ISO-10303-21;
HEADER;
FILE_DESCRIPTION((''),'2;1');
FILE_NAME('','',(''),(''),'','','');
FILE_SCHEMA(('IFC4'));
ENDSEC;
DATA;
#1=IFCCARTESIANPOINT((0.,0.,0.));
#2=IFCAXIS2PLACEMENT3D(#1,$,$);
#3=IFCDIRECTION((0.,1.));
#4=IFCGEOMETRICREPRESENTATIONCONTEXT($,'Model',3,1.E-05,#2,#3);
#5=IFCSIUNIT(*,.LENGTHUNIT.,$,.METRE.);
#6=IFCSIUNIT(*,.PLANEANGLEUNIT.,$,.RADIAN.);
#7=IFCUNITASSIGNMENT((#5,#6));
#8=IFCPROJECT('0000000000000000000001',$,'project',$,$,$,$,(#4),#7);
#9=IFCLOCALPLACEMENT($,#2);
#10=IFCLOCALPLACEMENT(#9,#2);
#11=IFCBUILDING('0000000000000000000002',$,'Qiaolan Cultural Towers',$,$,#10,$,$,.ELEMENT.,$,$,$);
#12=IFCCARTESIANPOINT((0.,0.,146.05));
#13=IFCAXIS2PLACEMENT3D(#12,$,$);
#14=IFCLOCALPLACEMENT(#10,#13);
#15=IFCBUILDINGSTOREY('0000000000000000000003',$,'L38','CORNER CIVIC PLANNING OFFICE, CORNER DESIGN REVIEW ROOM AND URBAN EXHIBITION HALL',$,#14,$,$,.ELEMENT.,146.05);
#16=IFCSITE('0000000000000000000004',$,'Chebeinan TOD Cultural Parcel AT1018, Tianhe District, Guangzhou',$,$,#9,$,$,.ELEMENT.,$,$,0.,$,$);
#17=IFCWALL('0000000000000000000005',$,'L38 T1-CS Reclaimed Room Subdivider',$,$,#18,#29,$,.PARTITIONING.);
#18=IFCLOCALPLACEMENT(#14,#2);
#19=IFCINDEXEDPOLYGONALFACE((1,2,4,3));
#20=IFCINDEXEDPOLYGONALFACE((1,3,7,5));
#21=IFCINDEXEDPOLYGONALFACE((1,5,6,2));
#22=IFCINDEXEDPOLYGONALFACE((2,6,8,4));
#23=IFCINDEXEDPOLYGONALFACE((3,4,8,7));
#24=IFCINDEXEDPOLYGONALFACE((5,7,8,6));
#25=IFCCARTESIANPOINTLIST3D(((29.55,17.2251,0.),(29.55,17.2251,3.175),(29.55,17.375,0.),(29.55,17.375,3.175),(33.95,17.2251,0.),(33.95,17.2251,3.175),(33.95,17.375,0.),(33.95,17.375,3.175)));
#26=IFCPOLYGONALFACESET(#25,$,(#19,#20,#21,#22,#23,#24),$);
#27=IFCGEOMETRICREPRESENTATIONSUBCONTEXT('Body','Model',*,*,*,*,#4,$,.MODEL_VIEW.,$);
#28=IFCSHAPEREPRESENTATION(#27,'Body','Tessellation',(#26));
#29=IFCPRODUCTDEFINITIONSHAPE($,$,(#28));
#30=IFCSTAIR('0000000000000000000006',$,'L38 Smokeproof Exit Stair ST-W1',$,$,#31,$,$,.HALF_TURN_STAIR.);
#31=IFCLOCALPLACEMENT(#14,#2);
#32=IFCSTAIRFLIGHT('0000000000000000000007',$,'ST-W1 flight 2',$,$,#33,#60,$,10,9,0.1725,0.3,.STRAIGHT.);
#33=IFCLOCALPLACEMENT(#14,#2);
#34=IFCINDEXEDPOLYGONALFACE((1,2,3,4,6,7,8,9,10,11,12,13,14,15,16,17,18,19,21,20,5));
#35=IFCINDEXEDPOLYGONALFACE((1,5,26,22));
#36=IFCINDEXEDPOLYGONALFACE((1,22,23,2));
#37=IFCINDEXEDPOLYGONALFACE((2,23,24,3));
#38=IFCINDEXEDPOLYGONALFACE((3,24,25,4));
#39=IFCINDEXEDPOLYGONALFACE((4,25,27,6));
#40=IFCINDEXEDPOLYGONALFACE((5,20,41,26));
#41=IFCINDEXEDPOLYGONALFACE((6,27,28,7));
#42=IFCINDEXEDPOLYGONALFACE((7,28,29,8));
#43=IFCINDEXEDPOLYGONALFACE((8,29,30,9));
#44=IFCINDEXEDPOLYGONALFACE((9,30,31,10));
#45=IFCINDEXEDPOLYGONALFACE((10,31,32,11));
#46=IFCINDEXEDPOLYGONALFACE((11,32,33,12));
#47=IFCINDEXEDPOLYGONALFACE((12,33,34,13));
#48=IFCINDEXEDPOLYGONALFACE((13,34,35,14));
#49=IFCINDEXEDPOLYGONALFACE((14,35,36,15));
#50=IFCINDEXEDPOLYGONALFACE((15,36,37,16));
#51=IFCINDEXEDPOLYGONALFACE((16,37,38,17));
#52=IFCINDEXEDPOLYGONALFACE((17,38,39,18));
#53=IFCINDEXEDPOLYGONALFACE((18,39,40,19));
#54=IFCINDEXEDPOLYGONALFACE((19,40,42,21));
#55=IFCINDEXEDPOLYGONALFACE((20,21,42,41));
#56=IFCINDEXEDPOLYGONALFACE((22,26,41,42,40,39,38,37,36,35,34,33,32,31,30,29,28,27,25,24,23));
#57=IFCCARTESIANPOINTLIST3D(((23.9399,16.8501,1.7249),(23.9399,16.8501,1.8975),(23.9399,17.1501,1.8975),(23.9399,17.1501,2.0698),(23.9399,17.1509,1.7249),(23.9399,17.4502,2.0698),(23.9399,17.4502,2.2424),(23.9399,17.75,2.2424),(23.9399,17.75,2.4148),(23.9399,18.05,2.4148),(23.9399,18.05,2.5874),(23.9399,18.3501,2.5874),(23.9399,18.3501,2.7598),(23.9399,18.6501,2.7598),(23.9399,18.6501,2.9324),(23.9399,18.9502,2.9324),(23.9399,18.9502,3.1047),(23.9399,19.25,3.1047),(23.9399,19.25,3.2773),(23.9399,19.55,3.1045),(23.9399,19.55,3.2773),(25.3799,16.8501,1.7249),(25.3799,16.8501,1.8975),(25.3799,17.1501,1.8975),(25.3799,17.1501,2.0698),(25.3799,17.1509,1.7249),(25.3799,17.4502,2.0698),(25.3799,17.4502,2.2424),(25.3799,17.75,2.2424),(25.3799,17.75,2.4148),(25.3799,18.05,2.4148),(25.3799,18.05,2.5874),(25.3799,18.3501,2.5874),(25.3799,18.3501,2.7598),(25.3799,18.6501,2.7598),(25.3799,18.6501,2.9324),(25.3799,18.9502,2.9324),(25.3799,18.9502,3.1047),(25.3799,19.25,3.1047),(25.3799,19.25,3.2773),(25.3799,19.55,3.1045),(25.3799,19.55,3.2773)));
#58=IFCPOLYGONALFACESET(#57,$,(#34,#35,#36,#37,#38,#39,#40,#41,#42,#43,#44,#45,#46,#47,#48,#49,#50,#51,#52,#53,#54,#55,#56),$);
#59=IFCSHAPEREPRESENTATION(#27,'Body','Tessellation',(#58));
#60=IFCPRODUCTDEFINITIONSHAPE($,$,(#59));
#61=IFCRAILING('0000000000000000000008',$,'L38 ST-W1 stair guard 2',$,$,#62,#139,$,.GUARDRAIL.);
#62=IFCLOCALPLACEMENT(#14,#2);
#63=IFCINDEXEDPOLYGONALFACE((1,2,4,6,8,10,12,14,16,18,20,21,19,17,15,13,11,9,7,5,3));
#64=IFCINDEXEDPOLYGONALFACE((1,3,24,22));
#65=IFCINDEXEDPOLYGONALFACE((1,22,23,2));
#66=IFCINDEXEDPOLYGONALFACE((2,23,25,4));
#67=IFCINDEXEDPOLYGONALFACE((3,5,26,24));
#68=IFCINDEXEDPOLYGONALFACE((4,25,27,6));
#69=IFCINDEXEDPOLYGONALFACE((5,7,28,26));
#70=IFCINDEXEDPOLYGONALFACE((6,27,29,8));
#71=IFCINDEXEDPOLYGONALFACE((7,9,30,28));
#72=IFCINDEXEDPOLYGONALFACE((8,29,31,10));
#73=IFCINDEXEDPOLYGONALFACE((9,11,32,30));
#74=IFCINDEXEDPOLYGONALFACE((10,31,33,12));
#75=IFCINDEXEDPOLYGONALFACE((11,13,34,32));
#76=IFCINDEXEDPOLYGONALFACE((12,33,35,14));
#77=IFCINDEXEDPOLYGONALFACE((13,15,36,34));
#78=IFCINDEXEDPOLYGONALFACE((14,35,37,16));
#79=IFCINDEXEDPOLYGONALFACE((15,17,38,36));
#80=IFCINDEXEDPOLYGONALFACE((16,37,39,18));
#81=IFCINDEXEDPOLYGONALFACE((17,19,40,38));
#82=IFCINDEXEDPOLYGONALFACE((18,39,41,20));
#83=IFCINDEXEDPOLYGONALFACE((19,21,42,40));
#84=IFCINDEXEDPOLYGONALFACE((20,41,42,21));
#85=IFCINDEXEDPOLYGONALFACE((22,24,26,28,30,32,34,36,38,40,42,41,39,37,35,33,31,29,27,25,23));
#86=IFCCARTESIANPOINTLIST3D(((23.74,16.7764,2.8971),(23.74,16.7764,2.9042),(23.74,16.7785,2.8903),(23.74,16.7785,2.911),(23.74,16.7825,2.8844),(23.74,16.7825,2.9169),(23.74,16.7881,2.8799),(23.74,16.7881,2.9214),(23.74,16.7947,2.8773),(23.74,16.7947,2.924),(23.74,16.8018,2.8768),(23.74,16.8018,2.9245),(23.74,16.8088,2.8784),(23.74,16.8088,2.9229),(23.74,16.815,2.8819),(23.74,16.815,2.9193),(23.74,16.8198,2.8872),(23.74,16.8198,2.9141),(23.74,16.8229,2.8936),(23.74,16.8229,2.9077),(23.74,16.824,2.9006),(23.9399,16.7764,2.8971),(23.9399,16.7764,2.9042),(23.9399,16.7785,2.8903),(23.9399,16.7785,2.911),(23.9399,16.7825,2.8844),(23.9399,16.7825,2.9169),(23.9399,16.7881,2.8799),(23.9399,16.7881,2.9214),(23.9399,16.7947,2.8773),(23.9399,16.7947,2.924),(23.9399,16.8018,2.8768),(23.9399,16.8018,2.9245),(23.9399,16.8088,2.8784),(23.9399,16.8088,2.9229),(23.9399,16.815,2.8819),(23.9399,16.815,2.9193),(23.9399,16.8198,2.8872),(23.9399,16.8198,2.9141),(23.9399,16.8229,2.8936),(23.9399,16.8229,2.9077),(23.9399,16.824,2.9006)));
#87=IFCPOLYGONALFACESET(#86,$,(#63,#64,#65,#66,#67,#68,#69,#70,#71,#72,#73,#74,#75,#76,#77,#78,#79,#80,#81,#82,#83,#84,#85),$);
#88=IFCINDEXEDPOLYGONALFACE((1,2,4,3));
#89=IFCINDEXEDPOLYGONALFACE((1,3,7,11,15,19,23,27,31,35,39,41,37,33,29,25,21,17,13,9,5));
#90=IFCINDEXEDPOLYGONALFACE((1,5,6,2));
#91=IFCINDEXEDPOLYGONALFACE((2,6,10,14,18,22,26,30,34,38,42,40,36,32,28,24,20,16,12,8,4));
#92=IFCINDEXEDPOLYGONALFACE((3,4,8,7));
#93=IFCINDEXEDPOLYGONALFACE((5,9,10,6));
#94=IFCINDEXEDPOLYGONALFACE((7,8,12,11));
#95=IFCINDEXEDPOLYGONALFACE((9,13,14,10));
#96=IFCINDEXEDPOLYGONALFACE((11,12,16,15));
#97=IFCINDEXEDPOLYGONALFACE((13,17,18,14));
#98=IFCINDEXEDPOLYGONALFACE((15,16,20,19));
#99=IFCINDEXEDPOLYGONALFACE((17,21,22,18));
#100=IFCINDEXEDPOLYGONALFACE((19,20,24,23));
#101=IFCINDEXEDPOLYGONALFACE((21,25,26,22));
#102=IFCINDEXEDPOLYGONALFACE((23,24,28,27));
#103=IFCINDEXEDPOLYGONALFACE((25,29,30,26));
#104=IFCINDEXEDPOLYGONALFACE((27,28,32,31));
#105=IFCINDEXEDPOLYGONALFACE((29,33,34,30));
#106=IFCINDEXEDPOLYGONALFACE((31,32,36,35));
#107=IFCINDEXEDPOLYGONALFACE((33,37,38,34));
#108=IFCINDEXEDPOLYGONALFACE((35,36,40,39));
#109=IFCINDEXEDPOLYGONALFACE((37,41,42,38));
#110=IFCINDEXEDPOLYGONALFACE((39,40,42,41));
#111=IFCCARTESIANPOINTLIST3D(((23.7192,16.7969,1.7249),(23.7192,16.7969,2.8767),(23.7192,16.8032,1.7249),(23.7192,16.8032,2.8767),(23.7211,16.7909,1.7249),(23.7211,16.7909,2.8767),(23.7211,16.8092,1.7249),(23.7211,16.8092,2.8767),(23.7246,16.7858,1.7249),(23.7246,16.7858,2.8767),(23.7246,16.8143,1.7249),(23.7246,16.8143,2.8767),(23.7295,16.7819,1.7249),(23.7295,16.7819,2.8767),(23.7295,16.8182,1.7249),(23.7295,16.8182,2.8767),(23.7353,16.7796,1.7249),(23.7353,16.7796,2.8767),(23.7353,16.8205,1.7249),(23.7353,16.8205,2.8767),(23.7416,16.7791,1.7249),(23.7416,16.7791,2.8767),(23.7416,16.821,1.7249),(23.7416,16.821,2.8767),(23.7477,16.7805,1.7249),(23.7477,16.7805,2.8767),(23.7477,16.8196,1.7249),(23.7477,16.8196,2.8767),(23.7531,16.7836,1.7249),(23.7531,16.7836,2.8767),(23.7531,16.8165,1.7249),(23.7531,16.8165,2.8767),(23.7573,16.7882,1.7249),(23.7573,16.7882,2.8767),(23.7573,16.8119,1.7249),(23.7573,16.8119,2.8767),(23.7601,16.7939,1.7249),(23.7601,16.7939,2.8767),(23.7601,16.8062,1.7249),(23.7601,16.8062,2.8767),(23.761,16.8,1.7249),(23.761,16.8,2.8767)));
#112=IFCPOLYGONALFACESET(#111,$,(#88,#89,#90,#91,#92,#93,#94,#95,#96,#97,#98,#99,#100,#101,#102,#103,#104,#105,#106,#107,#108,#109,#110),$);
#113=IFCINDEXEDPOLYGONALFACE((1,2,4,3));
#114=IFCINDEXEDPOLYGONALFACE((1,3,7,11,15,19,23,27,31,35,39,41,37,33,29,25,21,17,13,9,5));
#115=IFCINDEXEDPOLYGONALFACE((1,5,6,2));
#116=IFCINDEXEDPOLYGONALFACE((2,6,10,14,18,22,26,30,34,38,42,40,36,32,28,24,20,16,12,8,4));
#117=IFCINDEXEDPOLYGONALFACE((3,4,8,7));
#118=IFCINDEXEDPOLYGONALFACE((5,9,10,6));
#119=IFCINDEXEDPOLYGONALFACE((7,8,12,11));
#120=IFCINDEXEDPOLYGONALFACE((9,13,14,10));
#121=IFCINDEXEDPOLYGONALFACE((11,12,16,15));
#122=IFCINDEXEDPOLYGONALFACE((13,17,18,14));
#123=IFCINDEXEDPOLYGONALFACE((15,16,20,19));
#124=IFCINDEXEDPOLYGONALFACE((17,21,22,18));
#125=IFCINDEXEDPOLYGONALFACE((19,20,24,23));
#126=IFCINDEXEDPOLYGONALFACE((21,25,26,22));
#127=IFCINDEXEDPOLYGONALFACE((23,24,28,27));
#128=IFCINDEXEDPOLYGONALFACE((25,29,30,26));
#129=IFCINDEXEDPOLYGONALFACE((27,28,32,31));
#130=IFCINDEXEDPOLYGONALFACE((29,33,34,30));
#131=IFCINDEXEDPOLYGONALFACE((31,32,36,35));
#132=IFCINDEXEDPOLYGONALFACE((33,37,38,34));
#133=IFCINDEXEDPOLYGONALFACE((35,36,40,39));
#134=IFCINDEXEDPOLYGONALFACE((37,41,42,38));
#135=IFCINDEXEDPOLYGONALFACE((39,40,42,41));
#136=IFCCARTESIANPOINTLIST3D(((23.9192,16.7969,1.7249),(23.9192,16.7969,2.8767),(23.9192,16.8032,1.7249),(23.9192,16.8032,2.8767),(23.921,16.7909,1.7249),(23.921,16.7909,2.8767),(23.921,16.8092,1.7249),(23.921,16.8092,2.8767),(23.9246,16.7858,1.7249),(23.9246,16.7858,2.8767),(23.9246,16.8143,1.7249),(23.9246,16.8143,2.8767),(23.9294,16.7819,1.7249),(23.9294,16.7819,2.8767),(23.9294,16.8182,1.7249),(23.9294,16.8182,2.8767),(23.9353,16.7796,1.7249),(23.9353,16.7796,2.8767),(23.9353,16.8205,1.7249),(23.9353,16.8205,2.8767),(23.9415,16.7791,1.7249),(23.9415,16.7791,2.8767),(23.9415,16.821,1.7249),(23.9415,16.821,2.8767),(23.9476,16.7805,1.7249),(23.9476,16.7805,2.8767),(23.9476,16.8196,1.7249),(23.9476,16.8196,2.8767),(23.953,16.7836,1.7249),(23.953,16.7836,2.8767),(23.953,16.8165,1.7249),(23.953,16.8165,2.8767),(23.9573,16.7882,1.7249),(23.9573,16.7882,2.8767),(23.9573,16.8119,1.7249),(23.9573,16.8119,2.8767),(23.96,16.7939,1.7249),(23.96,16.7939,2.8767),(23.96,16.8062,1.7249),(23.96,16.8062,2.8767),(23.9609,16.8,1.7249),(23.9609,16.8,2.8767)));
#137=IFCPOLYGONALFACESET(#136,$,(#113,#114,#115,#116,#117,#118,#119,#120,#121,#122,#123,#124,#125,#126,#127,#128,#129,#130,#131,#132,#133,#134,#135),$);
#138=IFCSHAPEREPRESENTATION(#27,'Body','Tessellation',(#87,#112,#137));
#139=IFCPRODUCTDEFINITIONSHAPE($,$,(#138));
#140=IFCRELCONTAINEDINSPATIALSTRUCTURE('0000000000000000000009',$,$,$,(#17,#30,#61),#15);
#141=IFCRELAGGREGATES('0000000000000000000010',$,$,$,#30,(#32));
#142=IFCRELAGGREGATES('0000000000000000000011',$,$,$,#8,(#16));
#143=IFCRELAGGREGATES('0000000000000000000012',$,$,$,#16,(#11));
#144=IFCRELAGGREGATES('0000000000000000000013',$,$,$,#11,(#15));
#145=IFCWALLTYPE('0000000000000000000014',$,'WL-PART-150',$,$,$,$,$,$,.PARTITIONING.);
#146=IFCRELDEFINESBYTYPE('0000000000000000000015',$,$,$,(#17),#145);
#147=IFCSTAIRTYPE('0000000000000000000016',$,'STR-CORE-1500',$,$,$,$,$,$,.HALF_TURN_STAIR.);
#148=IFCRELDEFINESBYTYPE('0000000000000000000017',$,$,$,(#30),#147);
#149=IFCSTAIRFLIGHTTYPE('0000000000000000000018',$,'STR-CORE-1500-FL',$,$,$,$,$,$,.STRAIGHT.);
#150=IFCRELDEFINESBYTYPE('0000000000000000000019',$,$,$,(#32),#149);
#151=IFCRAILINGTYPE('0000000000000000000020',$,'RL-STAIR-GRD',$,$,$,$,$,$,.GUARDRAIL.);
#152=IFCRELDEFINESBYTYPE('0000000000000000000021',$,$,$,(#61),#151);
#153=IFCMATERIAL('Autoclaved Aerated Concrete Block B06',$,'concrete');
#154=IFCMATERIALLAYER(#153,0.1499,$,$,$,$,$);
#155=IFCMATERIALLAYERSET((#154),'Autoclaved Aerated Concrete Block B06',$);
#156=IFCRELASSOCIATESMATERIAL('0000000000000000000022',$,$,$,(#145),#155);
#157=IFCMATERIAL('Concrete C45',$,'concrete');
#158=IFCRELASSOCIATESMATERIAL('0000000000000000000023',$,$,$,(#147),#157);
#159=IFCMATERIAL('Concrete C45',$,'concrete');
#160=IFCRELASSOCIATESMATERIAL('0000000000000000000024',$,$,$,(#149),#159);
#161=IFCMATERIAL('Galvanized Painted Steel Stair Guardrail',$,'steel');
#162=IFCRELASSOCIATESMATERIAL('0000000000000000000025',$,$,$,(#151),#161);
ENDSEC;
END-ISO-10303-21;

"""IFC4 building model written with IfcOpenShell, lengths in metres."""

from ifc_helpers import new_model, si_unit, direction, frame, frame_2d, origin, origin_2d, place, context, subcontext, project, spatial, polyline, rectangle, circle, outline, extrude, material, layer, layer_set, type_object, element, aggregate, save


model = new_model("IFC4")

# Units and contexts
model_context = context("Model", 3, precision=1e-05, world=origin(), true_north=direction((0.0, 1.0)))
body_context = subcontext(model_context, "Body", "Model", "MODEL_VIEW")
ifc_project = project(units=[si_unit("LENGTHUNIT", "METRE"), si_unit("PLANEANGLEUNIT", "RADIAN")], contexts=[model_context])

# Site, building, storey
site_placement = place(None, origin())
site = spatial("IfcSite", under=ifc_project, at=site_placement, Name="Chebeinan TOD Cultural Parcel AT1018, Tianhe District, Guangzhou", CompositionType="ELEMENT", RefElevation=0.0)
building_placement = place(site_placement, origin())
building = spatial("IfcBuilding", under=site, at=building_placement, Name="Qiaolan Cultural Towers", CompositionType="ELEMENT")
storey_placement = place(building_placement, frame((0.0, 0.0, 146.05)))
storey = spatial("IfcBuildingStorey", under=building, at=storey_placement, Name="L38", Description="CORNER CIVIC PLANNING OFFICE, CORNER DESIGN REVIEW ROOM AND URBAN EXHIBITION HALL", CompositionType="ELEMENT", Elevation=146.05)

# Shared definitions
ifc_material_1 = material(Name="Autoclaved Aerated Concrete Block B06", Category="concrete")
ifc_layer_1 = layer(ifc_material_1, 0.1499)
ifc_layer_set_1 = layer_set([ifc_layer_1], Name="Autoclaved Aerated Concrete Block B06")
wall_type_1 = type_object("IfcWallType", Name="WL-PART-150", PredefinedType="PARTITIONING", material=ifc_layer_set_1)

# Wall
wall_1_placement = place(storey_placement, frame((29.55, 17.3, 0.0), z_axis=(0.0, 0.0, 1.0), x_axis=(1.0, 0.0, 0.0)))
element("IfcWall", 1, at=wall_1_placement, inside=storey, type_object=wall_type_1, Name="L38 T1-CS Reclaimed Room Subdivider", PredefinedType="PARTITIONING", context=body_context, shape_type="SweptSolid", body=[
    extrude(rectangle(XDim=4.3999, YDim=0.1499, at=frame_2d((2.2, 0.0))), origin(), (0.0, 0.0, 1.0), 3.175),
])

# Stair, stair flight
ifc_material_2 = material(Name="Concrete C45", Category="concrete")
stair_type = type_object("IfcStairType", Name="STR-CORE-1500", PredefinedType="HALF_TURN_STAIR", material=ifc_material_2)
stair_placement = place(storey_placement, origin())
stair = element("IfcStair", 2, at=stair_placement, inside=storey, type_object=stair_type, Name="L38 Smokeproof Exit Stair ST-W1", PredefinedType="HALF_TURN_STAIR")
ifc_material_3 = material(Name="Concrete C45", Category="concrete")
stair_flight_type = type_object("IfcStairFlightType", Name="STR-CORE-1500-FL", PredefinedType="STRAIGHT", material=ifc_material_3)
stair_flight_placement = place(storey_placement, frame((24.6599, 16.8501, 1.7249), z_axis=(0.0, 0.0, 1.0), x_axis=(0.0, 1.0, 0.0)))
stair_flight = element("IfcStairFlight", 3, at=stair_flight_placement, type_object=stair_flight_type, Name="ST-W1 flight 2", NumberOfRisers=10, NumberOfTreads=9, PredefinedType="STRAIGHT", RiserHeight=0.1725, TreadLength=0.3, context=body_context, shape_type="SweptSolid", body=[
    extrude(outline(polyline([(0.0, 0.0), (0.0, 0.1726), (0.3, 0.1726), (0.3, 0.345), (0.6001, 0.345), (0.6001, 0.5176), (0.8999, 0.5176), (0.8999, 0.6899), (1.2, 0.6899), (1.2, 0.8625), (1.5, 0.8625), (1.5, 1.0349), (1.8, 1.0349), (1.8, 1.2075), (2.1001, 1.2075), (2.1001, 1.3799), (2.3999, 1.3799), (2.3999, 1.5525), (2.7, 1.5525), (2.7, 1.7251), (2.7, 1.3796), (0.3008, 0.0), (0.0, 0.0)])), frame((0.0, 0.72, 0.0), z_axis=(0.0, -1.0, 0.0), x_axis=(1.0, 0.0, 0.0)), (0.0, 0.0, 1.0), 1.4399),
])
aggregate(stair, [stair_flight])

# Railing
ifc_material_4 = material(Name="Galvanized Painted Steel Stair Guardrail", Category="steel")
railing_type_1 = type_object("IfcRailingType", Name="RL-STAIR-GRD", PredefinedType="GUARDRAIL", material=ifc_material_4)
railing_1_placement = place(storey_placement, frame((23.74, 16.8, 1.7249)))
element("IfcRailing", 4, at=railing_1_placement, inside=storey, type_object=railing_type_1, Name="L38 ST-W1 stair guard 2", PredefinedType="GUARDRAIL", context=body_context, shape_type="SweptSolid", body=[
    extrude(circle(Radius=0.0239, at=origin_2d()), frame((0.0, 0.0, 1.1758), z_axis=(1.0, 0.0, 0.0), x_axis=(0.0, 1.0, 0.0)), (0.0, 0.0, 1.0), 0.2),
    extrude(circle(Radius=0.021, at=origin_2d()), origin(), (0.0, 0.0, 1.0), 1.1519),
    extrude(circle(Radius=0.021, at=origin_2d()), frame((0.2, 0.0, 0.0)), (0.0, 0.0, 1.0), 1.1519),
])

save(model, "model.ifc")
